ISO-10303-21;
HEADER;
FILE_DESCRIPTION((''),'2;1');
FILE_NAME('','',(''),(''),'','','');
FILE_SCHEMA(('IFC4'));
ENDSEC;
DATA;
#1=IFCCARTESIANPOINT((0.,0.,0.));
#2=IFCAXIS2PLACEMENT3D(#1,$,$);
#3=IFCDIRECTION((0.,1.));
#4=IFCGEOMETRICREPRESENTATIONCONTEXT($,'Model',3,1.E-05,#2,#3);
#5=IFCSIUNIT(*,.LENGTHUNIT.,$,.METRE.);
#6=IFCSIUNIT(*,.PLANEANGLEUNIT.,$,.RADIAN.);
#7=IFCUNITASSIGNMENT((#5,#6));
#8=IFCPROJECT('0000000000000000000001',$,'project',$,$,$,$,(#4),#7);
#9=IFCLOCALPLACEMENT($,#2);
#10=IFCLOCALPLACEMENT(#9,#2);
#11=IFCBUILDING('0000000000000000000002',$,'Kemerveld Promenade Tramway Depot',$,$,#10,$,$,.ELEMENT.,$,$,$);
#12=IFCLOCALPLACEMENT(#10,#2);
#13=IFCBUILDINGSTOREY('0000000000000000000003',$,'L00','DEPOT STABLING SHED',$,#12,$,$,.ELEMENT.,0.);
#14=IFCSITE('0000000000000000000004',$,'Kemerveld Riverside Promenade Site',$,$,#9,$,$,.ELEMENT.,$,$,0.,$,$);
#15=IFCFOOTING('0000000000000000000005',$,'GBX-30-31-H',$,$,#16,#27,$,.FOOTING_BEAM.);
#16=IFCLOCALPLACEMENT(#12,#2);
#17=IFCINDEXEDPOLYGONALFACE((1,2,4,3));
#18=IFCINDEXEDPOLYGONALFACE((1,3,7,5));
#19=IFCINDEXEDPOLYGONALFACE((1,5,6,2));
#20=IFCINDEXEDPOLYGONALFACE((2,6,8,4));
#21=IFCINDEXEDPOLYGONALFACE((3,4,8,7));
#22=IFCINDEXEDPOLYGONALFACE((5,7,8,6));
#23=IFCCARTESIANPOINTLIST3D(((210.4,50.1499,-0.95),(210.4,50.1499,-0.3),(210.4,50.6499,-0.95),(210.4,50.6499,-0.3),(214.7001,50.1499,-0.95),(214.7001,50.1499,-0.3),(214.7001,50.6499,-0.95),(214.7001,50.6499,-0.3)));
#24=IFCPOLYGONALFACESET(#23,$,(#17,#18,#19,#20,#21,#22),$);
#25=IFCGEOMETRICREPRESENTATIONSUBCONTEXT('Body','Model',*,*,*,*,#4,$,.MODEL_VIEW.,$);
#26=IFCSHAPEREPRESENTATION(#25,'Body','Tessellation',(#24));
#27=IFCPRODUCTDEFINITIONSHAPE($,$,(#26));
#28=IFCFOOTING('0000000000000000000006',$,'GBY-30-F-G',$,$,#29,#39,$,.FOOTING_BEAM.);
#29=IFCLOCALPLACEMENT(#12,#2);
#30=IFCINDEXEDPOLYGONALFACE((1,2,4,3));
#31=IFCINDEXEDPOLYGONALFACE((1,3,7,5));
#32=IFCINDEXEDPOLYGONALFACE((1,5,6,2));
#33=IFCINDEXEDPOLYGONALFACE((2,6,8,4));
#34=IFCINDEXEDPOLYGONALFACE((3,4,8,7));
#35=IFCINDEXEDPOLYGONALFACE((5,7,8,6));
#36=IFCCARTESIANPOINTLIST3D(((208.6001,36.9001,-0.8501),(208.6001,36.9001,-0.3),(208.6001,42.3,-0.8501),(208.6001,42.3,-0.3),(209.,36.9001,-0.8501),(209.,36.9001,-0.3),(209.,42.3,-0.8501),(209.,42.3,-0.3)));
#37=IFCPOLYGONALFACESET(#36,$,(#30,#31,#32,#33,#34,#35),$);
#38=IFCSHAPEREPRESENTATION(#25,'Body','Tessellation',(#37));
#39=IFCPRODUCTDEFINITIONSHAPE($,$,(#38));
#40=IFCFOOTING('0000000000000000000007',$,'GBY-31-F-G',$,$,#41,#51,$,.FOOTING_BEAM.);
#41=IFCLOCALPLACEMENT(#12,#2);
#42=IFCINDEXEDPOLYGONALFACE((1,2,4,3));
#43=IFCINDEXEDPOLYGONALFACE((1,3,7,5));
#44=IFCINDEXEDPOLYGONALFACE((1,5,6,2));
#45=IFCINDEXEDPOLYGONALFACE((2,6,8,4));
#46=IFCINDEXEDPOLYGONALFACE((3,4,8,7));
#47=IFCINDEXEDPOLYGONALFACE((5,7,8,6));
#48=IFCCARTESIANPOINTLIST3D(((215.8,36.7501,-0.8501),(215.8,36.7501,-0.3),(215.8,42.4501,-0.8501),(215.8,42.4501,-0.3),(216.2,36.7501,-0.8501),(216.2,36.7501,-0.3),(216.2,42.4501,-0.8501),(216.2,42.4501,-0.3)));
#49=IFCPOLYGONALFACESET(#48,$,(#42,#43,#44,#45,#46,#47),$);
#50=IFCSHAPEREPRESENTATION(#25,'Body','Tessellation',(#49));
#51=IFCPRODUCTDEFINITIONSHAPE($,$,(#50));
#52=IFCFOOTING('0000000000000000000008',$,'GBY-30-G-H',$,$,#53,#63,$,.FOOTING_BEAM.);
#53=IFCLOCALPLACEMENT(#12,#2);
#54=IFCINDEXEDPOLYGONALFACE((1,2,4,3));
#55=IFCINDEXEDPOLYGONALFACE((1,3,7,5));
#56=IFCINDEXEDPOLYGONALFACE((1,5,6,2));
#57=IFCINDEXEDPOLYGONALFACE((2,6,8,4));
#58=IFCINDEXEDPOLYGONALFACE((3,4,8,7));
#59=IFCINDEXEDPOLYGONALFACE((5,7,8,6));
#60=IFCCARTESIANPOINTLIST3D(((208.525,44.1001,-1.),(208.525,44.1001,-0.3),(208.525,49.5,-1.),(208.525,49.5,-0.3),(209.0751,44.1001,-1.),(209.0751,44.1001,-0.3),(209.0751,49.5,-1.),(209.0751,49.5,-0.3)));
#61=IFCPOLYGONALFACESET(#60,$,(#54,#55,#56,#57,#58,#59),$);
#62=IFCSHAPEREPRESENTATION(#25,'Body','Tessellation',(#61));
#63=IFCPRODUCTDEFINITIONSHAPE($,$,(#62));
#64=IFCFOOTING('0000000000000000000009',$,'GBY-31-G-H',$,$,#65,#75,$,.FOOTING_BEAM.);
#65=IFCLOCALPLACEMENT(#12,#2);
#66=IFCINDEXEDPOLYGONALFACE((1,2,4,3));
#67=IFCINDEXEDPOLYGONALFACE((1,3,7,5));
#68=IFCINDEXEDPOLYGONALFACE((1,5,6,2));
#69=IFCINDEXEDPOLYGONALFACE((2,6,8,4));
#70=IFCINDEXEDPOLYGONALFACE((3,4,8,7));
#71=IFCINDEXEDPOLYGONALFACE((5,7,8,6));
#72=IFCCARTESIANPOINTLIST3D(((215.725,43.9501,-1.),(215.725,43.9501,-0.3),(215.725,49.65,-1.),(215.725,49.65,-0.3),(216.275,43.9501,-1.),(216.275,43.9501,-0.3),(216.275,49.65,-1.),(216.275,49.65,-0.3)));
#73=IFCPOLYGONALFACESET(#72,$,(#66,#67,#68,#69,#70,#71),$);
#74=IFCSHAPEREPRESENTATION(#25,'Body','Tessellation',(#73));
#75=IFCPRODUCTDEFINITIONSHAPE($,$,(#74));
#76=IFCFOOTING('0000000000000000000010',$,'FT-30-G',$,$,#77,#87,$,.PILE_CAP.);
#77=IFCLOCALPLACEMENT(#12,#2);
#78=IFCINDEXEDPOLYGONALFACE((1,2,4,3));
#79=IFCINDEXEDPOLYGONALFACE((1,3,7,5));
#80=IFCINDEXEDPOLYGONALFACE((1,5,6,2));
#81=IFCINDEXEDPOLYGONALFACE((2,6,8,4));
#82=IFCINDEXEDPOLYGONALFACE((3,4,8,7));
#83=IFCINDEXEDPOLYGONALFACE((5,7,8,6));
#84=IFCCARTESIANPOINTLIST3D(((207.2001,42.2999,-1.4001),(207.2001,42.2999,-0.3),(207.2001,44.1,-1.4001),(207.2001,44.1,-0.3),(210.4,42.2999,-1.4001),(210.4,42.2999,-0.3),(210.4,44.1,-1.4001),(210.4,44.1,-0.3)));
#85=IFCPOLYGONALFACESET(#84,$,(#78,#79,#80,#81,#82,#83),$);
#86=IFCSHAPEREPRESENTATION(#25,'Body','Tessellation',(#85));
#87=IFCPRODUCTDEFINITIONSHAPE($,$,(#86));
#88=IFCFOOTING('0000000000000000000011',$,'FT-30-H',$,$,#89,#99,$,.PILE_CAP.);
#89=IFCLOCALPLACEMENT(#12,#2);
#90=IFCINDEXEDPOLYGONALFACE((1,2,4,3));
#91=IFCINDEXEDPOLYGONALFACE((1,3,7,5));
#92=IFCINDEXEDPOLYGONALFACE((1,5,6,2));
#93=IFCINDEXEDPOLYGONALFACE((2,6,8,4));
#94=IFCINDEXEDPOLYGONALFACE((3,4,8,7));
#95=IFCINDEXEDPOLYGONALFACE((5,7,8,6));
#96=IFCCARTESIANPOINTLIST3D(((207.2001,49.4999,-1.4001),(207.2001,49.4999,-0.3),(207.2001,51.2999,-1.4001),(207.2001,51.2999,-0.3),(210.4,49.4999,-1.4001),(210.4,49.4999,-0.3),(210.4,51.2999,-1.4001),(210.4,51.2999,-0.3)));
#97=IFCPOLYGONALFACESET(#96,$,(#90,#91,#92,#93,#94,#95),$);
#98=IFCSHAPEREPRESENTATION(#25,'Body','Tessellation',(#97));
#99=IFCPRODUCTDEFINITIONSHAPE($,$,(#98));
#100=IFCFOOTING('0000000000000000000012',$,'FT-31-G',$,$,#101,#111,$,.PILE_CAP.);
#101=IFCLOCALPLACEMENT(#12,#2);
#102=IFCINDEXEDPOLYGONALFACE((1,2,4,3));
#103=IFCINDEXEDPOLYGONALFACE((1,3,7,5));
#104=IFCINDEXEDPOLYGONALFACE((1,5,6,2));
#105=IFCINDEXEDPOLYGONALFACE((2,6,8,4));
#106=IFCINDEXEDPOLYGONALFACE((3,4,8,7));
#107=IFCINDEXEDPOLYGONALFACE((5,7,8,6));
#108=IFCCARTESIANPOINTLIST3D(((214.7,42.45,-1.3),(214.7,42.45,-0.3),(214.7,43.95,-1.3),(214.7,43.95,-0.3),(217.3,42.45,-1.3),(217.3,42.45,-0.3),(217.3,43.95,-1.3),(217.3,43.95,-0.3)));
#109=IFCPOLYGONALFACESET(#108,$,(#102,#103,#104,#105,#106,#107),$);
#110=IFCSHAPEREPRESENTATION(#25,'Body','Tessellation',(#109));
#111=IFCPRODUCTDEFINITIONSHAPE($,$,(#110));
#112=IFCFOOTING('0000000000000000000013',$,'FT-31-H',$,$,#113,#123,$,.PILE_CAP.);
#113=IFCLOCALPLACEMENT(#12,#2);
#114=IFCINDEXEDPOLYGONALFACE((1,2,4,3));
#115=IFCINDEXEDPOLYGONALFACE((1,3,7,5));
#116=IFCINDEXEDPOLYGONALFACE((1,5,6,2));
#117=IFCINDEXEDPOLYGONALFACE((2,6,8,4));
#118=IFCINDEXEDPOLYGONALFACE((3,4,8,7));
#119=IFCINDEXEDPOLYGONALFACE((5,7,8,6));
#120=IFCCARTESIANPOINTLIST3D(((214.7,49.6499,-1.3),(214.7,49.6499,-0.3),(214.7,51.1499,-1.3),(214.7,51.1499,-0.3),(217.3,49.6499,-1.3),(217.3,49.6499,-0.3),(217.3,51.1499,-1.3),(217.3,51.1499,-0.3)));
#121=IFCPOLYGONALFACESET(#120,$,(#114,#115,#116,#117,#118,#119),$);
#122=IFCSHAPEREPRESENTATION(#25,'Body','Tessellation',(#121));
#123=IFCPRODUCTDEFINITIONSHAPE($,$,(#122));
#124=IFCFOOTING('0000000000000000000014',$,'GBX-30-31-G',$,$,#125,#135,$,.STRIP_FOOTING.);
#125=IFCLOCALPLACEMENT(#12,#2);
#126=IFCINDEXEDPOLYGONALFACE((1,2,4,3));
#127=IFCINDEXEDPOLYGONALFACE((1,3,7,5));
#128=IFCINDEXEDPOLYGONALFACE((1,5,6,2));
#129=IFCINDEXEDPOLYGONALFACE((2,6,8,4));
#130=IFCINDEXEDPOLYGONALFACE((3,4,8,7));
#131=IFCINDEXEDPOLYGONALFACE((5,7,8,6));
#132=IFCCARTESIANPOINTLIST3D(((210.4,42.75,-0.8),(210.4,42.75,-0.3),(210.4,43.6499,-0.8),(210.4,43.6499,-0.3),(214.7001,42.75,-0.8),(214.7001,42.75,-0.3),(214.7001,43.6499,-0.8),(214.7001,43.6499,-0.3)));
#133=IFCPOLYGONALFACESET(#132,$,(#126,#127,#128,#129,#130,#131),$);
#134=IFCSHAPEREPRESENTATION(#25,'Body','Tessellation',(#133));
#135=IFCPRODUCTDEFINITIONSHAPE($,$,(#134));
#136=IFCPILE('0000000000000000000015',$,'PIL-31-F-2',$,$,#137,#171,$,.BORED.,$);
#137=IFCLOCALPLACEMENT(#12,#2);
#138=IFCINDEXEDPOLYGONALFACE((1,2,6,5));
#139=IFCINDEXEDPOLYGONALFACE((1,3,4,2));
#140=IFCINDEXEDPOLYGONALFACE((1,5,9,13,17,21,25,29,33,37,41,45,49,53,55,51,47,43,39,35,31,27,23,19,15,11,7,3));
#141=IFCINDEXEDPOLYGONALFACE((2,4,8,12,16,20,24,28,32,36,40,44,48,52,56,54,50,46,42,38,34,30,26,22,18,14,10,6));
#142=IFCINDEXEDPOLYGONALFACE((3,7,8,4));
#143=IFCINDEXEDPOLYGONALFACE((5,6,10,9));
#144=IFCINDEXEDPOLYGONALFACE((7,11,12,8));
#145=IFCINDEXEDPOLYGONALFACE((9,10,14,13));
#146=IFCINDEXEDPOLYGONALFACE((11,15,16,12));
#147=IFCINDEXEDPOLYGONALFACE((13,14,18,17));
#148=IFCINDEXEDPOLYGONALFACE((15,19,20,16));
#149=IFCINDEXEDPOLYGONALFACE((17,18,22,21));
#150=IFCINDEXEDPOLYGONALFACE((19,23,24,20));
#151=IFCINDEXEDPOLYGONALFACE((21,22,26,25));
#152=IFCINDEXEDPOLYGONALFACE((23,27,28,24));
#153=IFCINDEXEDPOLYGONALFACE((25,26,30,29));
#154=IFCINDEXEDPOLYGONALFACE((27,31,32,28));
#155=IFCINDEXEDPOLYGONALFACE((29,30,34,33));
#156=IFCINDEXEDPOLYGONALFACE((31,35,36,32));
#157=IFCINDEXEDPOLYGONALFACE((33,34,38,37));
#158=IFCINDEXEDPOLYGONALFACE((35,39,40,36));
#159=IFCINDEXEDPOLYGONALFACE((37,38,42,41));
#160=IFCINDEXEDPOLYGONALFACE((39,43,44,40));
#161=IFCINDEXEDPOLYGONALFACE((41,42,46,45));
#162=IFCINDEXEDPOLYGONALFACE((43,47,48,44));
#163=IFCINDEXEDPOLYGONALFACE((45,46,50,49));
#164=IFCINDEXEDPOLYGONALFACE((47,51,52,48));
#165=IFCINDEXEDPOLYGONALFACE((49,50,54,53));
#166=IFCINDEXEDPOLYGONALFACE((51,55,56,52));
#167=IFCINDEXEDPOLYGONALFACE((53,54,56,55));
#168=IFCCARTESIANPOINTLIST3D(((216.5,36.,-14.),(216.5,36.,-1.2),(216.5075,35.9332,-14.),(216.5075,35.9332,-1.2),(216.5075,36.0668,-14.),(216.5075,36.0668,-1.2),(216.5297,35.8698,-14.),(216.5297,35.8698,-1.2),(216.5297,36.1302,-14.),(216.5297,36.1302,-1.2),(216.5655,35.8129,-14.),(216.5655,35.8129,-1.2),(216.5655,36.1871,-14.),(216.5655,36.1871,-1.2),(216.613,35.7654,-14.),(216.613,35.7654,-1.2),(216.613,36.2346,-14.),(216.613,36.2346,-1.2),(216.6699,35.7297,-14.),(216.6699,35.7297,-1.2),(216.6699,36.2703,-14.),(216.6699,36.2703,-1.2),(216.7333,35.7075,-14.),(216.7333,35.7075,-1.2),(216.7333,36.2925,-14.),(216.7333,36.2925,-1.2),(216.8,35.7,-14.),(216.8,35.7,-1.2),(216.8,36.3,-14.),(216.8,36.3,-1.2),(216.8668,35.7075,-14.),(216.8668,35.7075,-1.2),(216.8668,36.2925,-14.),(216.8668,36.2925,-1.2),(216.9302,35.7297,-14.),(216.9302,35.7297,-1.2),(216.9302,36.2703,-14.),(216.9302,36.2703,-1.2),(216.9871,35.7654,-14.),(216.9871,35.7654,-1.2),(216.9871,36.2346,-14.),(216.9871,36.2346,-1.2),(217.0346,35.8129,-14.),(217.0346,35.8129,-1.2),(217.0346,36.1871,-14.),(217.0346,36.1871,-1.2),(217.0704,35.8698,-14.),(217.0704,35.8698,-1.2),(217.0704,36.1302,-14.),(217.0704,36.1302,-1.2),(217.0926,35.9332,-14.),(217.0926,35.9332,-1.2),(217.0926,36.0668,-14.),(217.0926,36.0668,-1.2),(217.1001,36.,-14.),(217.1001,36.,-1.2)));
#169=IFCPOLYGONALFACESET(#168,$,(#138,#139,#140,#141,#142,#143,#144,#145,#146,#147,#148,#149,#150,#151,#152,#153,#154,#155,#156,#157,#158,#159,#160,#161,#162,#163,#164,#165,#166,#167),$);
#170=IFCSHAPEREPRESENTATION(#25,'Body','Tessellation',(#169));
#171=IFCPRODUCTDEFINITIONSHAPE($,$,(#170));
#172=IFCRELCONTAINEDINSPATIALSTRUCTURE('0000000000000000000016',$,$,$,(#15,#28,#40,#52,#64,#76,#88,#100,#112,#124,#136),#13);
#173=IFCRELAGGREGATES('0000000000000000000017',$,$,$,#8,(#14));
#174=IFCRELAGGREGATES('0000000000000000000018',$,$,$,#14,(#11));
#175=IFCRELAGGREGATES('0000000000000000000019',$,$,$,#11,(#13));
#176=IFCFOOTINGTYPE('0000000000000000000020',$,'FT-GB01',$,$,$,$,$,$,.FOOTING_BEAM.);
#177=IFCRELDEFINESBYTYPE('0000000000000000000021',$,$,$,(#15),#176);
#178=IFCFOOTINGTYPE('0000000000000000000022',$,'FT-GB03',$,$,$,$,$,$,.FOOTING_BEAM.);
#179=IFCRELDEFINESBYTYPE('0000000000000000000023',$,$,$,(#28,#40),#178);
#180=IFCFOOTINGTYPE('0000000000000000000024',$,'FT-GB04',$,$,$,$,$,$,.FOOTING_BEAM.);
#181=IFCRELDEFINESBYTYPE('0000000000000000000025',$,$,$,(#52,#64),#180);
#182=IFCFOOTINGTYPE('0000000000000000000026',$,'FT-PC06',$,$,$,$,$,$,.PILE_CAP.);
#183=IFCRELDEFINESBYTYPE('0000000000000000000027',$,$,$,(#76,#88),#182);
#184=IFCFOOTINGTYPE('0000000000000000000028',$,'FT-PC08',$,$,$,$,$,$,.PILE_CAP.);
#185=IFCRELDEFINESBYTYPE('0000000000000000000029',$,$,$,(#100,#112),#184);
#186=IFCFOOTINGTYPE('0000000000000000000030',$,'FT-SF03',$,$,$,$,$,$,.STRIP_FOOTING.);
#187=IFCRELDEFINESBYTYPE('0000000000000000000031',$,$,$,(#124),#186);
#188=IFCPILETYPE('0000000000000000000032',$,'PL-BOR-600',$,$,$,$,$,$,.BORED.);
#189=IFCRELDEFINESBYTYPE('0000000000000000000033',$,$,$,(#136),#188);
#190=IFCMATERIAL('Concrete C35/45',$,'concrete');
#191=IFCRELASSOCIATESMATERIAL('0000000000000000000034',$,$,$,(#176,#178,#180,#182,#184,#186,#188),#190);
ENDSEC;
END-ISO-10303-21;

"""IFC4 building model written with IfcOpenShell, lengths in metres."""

from ifc_helpers import new_model, si_unit, direction, frame, origin, origin_2d, place, context, subcontext, project, spatial, rectangle, circle, extrude, material, material_profile, profile_set, type_object, element, save


model = new_model("IFC4")

# Units and contexts
model_context = context("Model", 3, precision=1e-05, world=origin(), true_north=direction((0.0, 1.0)))
body_context = subcontext(model_context, "Body", "Model", "MODEL_VIEW")
ifc_project = project(units=[si_unit("LENGTHUNIT", "METRE"), si_unit("PLANEANGLEUNIT", "RADIAN")], contexts=[model_context])

# Site, building, storey
site_placement = place(None, origin())
site = spatial("IfcSite", under=ifc_project, at=site_placement, Name="Kemerveld Riverside Promenade Site", CompositionType="ELEMENT", RefElevation=0.0)
building_placement = place(site_placement, origin())
building = spatial("IfcBuilding", under=site, at=building_placement, Name="Kemerveld Promenade Tramway Depot", CompositionType="ELEMENT")
storey_placement = place(building_placement, origin())
storey = spatial("IfcBuildingStorey", under=building, at=storey_placement, Name="L00", Description="DEPOT STABLING SHED", CompositionType="ELEMENT", Elevation=0.0)

# Footings
ifc_material_1 = material(Name="Concrete C35/45", Category="concrete")
footing_type_1 = type_object("IfcFootingType", Name="FT-GB01", PredefinedType="FOOTING_BEAM", material=ifc_material_1)
footing_1_placement = place(storey_placement, frame((212.55, 50.3999, -0.95), z_axis=(0.0, 0.0, 1.0), x_axis=(1.0, 0.0, 0.0)))
element("IfcFooting", 1, at=footing_1_placement, inside=storey, type_object=footing_type_1, Name="GBX-30-31-H", PredefinedType="FOOTING_BEAM", context=body_context, shape_type="SweptSolid", body=[
    extrude(rectangle(XDim=4.3, YDim=0.5, at=origin_2d()), origin(), (0.0, 0.0, 1.0), 0.6499),
])
footing_type_2 = type_object("IfcFootingType", Name="FT-GB03", PredefinedType="FOOTING_BEAM", material=ifc_material_1)
footing_2_placement = place(storey_placement, frame((208.8, 39.6001, -0.8501), z_axis=(0.0, 0.0, 1.0), x_axis=(0.0, 1.0, 0.0)))
element("IfcFooting", 2, at=footing_2_placement, inside=storey, type_object=footing_type_2, Name="GBY-30-F-G", PredefinedType="FOOTING_BEAM", context=body_context, shape_type="SweptSolid", body=[
    extrude(rectangle(XDim=5.3999, YDim=0.3999, at=origin_2d()), origin(), (0.0, 0.0, 1.0), 0.55),
])
footing_3_placement = place(storey_placement, frame((216.0, 39.6001, -0.8501), z_axis=(0.0, 0.0, 1.0), x_axis=(0.0, 1.0, 0.0)))
element("IfcFooting", 3, at=footing_3_placement, inside=storey, type_object=footing_type_2, Name="GBY-31-F-G", PredefinedType="FOOTING_BEAM", context=body_context, shape_type="SweptSolid", body=[
    extrude(rectangle(XDim=5.7, YDim=0.3999, at=origin_2d()), origin(), (0.0, 0.0, 1.0), 0.55),
])
footing_type_3 = type_object("IfcFootingType", Name="FT-GB04", PredefinedType="FOOTING_BEAM", material=ifc_material_1)
footing_4_placement = place(storey_placement, frame((208.8, 46.8, -1.0), z_axis=(0.0, 0.0, 1.0), x_axis=(0.0, 1.0, 0.0)))
element("IfcFooting", 4, at=footing_4_placement, inside=storey, type_object=footing_type_3, Name="GBY-30-G-H", PredefinedType="FOOTING_BEAM", context=body_context, shape_type="SweptSolid", body=[
    extrude(rectangle(XDim=5.3999, YDim=0.55, at=origin_2d()), origin(), (0.0, 0.0, 1.0), 0.7),
])
footing_5_placement = place(storey_placement, frame((216.0, 46.8, -1.0), z_axis=(0.0, 0.0, 1.0), x_axis=(0.0, 1.0, 0.0)))
element("IfcFooting", 5, at=footing_5_placement, inside=storey, type_object=footing_type_3, Name="GBY-31-G-H", PredefinedType="FOOTING_BEAM", context=body_context, shape_type="SweptSolid", body=[
    extrude(rectangle(XDim=5.7, YDim=0.55, at=origin_2d()), origin(), (0.0, 0.0, 1.0), 0.7),
])
footing_type_4 = type_object("IfcFootingType", Name="FT-PC06", PredefinedType="PILE_CAP", material=ifc_material_1)
for number, where, z_axis, x_axis, name in (
    (6, (208.8, 43.2, -1.4001), (0.0, 0.0, 1.0), (1.0, 0.0, 0.0), "FT-30-G"),
    (7, (208.8, 50.3999, -1.4001), (0.0, 0.0, 1.0), (1.0, 0.0, 0.0), "FT-30-H"),
):
    element("IfcFooting", number, at=place(storey_placement, frame(where, z_axis=z_axis, x_axis=x_axis)), inside=storey, type_object=footing_type_4, Name=name, PredefinedType="PILE_CAP", context=body_context, shape_type="SweptSolid", body=[
        extrude(rectangle(XDim=3.2, YDim=1.8, at=origin_2d()), origin(), (0.0, 0.0, 1.0), 1.1001),
    ])
footing_type_5 = type_object("IfcFootingType", Name="FT-PC08", PredefinedType="PILE_CAP", material=ifc_material_1)
for number, where, z_axis, x_axis, name in (
    (8, (216.0, 43.2, -1.3), (0.0, 0.0, 1.0), (1.0, 0.0, 0.0), "FT-31-G"),
    (9, (216.0, 50.3999, -1.3), (0.0, 0.0, 1.0), (1.0, 0.0, 0.0), "FT-31-H"),
):
    element("IfcFooting", number, at=place(storey_placement, frame(where, z_axis=z_axis, x_axis=x_axis)), inside=storey, type_object=footing_type_5, Name=name, PredefinedType="PILE_CAP", context=body_context, shape_type="SweptSolid", body=[
        extrude(rectangle(XDim=2.6001, YDim=1.5, at=origin_2d()), origin(), (0.0, 0.0, 1.0), 1.0),
    ])
footing_type_6 = type_object("IfcFootingType", Name="FT-SF03", PredefinedType="STRIP_FOOTING", material=ifc_material_1)
footing_6_placement = place(storey_placement, frame((212.55, 43.2, -0.8), z_axis=(0.0, 0.0, 1.0), x_axis=(1.0, 0.0, 0.0)))
element("IfcFooting", 10, at=footing_6_placement, inside=storey, type_object=footing_type_6, Name="GBX-30-31-G", PredefinedType="STRIP_FOOTING", context=body_context, shape_type="SweptSolid", body=[
    extrude(rectangle(XDim=4.3, YDim=0.8999, at=origin_2d()), origin(), (0.0, 0.0, 1.0), 0.5),
])

# Pile
ifc_material_profile_1 = material_profile(ifc_material_1, circle(Radius=0.3, at=origin_2d()), Name="PILE-D600")
ifc_profile_set_1 = profile_set([ifc_material_profile_1], Name="Concrete C35/45")
pile_type_1 = type_object("IfcPileType", Name="PL-BOR-600", PredefinedType="BORED", material=ifc_profile_set_1)
for number, where, z_axis, x_axis, name in (
    (11, (216.8, 36.0, -1.2), (0.0, 0.0, -1.0), (1.0, 0.0, 0.0), "PIL-31-F-2"),
):
    element("IfcPile", number, at=place(storey_placement, frame(where, z_axis=z_axis, x_axis=x_axis)), inside=storey, type_object=pile_type_1, Name=name, PredefinedType="BORED", context=body_context, shape_type="SweptSolid", body=[
        extrude(circle(Radius=0.3, at=origin_2d()), origin(), (0.0, 0.0, 1.0), 12.8),
    ])

save(model, "model.ifc")
